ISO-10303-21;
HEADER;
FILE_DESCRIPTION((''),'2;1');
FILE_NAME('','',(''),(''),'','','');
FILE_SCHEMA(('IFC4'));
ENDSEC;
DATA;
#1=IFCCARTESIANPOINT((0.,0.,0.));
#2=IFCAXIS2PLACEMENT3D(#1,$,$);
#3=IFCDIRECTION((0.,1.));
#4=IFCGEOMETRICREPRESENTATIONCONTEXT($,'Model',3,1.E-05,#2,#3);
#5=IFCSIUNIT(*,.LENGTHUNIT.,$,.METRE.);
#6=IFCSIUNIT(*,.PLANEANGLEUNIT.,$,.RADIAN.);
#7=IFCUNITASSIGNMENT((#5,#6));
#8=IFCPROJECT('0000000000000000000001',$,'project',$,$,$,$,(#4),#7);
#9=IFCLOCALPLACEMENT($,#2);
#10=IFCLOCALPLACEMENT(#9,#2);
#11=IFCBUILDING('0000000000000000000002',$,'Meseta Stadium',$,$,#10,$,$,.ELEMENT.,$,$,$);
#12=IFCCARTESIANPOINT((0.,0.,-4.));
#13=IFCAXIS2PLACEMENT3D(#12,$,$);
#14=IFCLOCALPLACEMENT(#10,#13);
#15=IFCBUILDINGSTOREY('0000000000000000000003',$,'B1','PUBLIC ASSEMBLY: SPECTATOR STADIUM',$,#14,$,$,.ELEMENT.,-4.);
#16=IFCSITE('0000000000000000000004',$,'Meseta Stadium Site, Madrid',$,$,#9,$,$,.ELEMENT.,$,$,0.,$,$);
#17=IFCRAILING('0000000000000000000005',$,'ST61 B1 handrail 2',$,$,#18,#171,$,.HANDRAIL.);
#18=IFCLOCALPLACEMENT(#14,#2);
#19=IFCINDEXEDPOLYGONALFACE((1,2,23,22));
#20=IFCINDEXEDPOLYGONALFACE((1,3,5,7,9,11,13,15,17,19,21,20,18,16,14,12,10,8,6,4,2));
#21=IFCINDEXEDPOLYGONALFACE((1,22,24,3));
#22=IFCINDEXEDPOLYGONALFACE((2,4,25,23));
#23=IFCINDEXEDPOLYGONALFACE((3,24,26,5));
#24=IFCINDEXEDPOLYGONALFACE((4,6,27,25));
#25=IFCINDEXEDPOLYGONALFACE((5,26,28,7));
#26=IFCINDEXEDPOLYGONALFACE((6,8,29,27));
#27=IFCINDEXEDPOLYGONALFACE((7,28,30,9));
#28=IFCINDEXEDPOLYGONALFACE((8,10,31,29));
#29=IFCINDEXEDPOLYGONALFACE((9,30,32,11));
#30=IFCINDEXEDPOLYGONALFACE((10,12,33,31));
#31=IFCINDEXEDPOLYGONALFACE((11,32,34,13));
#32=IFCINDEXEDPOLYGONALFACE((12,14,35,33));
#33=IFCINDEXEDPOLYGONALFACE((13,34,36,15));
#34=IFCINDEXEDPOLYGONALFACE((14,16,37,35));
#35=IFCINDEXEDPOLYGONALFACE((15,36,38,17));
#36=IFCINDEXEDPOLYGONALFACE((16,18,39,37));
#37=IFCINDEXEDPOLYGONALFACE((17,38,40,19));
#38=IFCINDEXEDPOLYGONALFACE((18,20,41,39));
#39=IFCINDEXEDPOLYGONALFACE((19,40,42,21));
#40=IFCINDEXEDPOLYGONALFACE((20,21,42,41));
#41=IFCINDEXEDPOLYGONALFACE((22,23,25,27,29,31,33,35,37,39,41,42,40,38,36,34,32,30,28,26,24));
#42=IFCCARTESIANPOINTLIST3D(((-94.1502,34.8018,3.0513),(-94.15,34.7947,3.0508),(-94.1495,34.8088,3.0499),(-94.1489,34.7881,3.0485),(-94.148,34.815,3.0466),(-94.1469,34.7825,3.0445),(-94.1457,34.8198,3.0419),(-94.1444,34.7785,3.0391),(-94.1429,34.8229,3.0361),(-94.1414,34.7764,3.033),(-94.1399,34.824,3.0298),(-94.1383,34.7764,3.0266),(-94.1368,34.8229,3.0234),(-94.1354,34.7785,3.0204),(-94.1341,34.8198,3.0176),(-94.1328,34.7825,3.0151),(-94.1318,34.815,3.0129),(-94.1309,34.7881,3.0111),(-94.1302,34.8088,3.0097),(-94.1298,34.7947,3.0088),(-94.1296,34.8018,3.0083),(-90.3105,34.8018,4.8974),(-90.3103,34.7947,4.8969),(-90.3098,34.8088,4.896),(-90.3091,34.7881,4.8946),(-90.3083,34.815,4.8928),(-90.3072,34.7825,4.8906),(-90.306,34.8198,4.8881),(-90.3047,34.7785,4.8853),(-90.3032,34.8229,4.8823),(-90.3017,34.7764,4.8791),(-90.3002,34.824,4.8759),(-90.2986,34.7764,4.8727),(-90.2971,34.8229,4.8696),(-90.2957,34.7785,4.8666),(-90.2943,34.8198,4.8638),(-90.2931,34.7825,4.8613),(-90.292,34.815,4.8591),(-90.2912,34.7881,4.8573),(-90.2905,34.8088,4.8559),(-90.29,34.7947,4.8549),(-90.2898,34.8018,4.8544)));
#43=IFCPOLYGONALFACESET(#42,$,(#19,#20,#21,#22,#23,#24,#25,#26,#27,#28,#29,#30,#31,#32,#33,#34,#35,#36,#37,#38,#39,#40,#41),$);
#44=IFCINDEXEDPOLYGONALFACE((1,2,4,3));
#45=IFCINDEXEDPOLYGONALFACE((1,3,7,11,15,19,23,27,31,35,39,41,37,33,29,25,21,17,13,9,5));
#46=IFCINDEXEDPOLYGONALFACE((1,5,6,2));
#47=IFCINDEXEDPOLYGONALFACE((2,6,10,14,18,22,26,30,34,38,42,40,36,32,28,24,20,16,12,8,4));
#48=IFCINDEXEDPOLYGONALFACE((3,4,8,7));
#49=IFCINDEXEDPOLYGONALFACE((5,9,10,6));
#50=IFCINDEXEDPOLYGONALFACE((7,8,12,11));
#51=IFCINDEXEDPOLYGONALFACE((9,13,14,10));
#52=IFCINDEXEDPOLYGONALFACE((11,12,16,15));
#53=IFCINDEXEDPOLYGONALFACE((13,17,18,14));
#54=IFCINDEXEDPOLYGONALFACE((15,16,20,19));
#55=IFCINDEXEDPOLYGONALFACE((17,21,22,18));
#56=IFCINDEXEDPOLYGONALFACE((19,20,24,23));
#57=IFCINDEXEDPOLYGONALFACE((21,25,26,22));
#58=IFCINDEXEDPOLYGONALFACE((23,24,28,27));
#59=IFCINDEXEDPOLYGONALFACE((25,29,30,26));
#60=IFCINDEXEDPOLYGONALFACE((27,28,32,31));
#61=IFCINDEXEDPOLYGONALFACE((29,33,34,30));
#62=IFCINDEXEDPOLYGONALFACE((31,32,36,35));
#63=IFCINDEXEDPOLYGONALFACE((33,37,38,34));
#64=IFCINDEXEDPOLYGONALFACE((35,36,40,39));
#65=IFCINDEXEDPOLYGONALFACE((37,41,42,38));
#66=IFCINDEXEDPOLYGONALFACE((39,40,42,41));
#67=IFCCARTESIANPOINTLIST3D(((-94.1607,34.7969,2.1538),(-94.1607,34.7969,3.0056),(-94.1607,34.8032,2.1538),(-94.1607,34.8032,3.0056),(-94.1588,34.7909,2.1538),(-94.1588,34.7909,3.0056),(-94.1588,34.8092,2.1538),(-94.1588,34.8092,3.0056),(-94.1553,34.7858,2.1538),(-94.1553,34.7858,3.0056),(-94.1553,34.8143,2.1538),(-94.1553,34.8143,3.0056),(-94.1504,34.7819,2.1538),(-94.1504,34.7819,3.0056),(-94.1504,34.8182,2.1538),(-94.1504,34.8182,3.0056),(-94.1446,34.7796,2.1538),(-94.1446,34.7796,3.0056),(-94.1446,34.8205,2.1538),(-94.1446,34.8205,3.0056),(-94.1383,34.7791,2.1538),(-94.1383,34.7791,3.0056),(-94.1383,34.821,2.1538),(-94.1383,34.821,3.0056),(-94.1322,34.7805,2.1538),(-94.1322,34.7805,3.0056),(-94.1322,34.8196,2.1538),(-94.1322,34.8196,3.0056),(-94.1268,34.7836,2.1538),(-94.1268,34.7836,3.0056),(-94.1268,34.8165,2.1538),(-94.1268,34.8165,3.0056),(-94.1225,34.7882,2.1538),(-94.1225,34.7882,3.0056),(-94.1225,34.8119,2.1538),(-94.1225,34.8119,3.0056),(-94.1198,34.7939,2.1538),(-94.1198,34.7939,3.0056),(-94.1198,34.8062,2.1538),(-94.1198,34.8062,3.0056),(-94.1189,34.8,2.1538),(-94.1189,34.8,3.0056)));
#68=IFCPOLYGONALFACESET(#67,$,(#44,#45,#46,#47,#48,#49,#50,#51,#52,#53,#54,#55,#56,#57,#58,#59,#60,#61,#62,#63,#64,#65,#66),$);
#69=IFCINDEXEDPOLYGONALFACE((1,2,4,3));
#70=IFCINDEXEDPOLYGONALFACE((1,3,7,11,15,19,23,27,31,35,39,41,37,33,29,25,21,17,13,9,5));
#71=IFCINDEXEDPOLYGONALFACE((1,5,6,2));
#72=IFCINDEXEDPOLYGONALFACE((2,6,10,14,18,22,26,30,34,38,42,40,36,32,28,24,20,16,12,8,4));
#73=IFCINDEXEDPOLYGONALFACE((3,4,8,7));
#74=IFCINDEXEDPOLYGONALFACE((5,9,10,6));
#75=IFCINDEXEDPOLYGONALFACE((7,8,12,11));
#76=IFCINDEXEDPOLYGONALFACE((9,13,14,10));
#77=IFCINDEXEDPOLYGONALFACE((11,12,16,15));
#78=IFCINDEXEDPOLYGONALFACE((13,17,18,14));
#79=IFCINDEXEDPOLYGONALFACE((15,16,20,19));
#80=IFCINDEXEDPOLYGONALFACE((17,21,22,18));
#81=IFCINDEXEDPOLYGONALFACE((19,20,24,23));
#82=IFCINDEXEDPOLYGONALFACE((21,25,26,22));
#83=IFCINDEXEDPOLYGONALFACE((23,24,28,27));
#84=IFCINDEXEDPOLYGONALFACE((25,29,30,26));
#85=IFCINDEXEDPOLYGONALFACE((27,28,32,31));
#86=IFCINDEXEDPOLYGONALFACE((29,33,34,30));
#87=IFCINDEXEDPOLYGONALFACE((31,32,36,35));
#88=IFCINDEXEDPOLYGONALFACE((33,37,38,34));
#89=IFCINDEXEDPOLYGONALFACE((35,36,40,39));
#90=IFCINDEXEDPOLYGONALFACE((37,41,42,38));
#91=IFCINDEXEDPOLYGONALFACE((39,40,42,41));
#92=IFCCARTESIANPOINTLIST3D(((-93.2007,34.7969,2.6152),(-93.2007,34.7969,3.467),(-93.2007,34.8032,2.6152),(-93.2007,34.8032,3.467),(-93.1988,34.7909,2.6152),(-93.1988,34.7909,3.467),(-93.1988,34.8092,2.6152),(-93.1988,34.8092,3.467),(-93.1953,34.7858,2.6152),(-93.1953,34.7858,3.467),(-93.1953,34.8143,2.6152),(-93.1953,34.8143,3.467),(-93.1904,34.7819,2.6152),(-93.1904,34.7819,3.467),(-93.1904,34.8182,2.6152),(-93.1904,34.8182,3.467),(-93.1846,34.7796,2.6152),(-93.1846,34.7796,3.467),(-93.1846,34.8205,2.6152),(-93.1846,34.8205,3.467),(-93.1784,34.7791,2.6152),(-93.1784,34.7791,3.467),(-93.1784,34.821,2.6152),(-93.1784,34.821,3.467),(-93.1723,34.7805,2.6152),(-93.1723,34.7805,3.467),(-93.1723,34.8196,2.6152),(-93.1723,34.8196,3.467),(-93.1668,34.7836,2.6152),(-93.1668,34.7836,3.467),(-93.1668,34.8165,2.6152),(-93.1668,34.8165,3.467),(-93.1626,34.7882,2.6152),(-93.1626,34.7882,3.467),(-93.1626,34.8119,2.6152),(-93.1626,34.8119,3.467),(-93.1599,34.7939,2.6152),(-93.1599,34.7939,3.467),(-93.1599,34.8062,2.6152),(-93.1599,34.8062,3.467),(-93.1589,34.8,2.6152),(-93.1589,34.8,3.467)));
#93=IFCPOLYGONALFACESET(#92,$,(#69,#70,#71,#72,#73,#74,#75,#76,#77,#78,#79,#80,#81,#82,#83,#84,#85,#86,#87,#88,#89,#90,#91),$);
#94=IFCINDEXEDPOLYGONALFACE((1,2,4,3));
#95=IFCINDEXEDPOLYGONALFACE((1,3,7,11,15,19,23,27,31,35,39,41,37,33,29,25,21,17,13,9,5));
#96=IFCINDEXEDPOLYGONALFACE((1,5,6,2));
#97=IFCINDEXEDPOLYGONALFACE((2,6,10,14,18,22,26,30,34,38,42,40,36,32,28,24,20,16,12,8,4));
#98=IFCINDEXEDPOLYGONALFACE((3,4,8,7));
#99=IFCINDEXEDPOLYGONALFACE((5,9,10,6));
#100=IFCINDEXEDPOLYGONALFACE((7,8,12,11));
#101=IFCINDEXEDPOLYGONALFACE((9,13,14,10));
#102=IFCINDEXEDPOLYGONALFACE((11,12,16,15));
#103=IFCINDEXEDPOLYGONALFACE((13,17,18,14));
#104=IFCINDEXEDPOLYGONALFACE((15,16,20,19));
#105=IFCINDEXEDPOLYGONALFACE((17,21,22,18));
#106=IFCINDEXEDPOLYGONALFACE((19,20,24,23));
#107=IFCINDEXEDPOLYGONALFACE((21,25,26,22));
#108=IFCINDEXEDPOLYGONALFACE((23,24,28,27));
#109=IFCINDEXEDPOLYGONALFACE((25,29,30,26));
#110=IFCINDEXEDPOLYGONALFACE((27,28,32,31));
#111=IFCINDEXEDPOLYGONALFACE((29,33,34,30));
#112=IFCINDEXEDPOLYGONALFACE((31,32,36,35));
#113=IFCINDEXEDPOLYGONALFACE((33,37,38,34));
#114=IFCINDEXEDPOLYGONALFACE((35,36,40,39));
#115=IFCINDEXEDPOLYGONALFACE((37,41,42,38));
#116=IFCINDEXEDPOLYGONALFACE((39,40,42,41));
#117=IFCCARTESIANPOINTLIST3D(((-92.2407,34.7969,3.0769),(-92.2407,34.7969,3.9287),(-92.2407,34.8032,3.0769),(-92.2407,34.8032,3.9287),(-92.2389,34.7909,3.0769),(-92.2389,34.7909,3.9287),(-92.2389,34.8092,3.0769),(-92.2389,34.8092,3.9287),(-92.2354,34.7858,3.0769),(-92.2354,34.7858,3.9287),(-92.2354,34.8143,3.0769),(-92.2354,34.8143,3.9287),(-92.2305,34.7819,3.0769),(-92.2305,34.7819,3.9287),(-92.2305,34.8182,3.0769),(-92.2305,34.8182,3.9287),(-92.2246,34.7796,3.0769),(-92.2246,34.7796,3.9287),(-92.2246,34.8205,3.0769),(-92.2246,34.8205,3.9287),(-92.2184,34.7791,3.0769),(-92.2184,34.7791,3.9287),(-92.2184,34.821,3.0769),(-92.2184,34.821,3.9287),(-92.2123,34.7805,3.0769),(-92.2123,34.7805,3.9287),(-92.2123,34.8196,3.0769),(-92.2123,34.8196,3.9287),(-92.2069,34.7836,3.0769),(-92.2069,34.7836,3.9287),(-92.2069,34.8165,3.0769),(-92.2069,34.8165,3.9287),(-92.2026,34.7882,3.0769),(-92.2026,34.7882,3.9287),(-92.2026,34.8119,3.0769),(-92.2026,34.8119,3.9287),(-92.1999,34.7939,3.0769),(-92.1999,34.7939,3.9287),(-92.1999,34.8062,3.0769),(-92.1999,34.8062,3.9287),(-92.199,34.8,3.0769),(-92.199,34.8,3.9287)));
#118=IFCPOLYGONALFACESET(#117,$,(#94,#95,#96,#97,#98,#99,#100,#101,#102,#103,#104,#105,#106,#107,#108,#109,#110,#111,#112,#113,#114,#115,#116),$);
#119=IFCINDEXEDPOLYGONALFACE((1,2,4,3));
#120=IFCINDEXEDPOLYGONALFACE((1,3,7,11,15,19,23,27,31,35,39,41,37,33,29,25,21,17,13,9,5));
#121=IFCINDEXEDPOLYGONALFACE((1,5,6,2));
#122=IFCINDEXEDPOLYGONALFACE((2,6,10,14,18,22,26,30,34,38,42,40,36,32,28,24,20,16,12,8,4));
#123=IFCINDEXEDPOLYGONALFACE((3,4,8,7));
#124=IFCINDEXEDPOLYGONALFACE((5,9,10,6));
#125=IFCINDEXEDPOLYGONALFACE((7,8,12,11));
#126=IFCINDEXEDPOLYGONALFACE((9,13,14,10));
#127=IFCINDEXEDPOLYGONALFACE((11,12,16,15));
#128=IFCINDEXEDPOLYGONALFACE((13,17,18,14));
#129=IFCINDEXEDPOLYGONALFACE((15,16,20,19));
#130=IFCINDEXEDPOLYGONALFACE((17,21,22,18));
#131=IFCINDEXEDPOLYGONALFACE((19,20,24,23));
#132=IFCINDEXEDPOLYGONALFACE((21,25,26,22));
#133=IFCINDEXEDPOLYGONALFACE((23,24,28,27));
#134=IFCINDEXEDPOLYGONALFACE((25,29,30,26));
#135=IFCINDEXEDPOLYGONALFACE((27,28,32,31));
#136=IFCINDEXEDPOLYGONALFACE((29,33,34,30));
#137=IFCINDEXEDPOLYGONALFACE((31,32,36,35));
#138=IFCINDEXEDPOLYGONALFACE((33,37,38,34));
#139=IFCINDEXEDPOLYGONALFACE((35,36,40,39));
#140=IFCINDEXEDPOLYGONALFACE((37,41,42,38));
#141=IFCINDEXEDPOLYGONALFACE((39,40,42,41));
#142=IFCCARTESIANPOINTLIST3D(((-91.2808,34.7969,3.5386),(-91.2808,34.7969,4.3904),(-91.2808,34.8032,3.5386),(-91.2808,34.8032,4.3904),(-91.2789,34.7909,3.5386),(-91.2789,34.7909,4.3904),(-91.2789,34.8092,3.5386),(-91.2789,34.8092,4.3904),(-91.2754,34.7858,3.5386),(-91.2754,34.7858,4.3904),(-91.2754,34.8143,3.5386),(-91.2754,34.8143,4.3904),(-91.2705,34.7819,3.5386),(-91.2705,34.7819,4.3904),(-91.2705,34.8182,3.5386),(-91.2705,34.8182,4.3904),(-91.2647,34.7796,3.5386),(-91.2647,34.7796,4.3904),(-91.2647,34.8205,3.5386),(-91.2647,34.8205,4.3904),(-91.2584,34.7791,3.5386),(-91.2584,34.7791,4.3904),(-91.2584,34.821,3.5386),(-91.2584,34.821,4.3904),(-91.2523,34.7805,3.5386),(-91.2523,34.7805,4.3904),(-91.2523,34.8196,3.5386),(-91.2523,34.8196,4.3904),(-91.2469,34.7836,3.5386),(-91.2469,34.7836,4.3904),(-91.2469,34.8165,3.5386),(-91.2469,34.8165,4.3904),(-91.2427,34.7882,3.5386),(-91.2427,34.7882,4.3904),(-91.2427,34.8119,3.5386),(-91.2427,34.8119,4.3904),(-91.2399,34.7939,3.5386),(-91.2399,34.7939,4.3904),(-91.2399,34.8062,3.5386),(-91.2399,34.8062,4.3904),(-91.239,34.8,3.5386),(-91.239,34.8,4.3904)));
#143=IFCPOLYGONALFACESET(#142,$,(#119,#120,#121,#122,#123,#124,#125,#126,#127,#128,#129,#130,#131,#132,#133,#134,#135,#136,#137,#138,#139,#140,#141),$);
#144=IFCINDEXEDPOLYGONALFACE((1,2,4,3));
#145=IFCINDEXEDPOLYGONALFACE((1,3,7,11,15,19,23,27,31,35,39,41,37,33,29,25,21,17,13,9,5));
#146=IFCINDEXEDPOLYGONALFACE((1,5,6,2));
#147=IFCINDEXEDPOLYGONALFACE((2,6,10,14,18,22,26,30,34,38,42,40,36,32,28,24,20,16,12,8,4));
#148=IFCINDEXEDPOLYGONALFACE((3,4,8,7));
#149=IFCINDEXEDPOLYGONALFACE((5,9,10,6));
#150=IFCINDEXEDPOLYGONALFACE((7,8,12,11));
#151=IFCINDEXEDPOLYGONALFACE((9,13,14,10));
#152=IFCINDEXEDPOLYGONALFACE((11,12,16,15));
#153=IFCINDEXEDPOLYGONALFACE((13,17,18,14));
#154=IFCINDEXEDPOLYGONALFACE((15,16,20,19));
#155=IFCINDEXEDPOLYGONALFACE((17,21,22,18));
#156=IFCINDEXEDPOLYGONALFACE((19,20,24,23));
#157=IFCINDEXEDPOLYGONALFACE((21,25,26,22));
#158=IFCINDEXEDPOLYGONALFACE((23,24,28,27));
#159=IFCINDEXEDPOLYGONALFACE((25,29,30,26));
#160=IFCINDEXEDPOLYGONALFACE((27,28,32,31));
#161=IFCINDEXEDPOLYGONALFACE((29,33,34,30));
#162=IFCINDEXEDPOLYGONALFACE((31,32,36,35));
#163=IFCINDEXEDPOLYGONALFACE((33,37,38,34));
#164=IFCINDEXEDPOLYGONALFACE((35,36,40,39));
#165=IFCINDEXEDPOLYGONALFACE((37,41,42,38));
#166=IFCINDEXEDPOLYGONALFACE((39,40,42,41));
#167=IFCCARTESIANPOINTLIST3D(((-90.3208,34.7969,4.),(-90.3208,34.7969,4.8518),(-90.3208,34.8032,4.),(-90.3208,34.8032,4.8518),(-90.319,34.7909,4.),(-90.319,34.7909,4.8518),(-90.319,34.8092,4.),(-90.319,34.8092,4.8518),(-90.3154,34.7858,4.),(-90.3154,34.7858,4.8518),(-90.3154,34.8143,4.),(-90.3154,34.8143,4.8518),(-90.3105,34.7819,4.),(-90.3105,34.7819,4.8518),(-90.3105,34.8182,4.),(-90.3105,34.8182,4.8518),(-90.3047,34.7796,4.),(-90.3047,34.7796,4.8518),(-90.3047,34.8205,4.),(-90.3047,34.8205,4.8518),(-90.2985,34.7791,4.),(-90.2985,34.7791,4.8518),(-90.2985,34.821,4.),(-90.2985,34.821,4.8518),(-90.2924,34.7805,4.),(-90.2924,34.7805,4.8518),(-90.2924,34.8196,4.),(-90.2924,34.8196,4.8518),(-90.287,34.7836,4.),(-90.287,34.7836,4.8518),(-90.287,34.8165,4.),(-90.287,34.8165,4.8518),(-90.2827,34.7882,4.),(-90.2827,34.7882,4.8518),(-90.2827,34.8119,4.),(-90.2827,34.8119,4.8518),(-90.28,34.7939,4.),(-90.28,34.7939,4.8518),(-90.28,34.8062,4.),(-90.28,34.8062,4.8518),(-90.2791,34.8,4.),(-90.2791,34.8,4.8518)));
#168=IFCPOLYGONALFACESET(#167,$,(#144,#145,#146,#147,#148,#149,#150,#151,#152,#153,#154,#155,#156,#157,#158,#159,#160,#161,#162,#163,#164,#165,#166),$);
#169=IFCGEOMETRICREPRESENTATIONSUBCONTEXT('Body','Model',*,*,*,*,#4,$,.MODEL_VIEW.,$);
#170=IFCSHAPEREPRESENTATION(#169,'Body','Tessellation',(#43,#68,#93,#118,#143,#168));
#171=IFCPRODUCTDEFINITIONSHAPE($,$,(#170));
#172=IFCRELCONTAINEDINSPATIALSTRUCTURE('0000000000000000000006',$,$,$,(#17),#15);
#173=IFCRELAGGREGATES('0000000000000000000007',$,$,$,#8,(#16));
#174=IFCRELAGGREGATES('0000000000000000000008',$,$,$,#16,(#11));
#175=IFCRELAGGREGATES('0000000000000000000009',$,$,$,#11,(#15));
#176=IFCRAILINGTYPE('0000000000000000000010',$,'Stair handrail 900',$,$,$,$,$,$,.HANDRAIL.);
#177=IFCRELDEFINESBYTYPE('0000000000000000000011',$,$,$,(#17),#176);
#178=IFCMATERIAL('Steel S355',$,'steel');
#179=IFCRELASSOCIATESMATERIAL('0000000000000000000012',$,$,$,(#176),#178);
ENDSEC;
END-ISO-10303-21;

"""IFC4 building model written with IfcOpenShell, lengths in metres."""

from ifc_helpers import new_model, si_unit, direction, frame, origin, origin_2d, place, context, subcontext, project, spatial, circle, extrude, material, type_object, element, save


model = new_model("IFC4")

# Units and contexts
model_context = context("Model", 3, precision=1e-05, world=origin(), true_north=direction((0.0, 1.0)))
body_context = subcontext(model_context, "Body", "Model", "MODEL_VIEW")
ifc_project = project(units=[si_unit("LENGTHUNIT", "METRE"), si_unit("PLANEANGLEUNIT", "RADIAN")], contexts=[model_context])

# Site, building, storey
site_placement = place(None, origin())
site = spatial("IfcSite", under=ifc_project, at=site_placement, Name="Meseta Stadium Site, Madrid", CompositionType="ELEMENT", RefElevation=0.0)
building_placement = place(site_placement, origin())
building = spatial("IfcBuilding", under=site, at=building_placement, Name="Meseta Stadium", CompositionType="ELEMENT")
storey_placement = place(building_placement, frame((0.0, 0.0, -4.0)))
storey = spatial("IfcBuildingStorey", under=building, at=storey_placement, Name="B1", Description="PUBLIC ASSEMBLY: SPECTATOR STADIUM", CompositionType="ELEMENT", Elevation=-4.0)

# Railing
ifc_material_1 = material(Name="Steel S355", Category="steel")
railing_type_1 = type_object("IfcRailingType", Name="Stair handrail 900", PredefinedType="HANDRAIL", material=ifc_material_1)
for number, where, name in (
    (1, (-94.1399, 34.8, 2.1538), "ST61 B1 handrail 2"),
):
    element("IfcRailing", number, at=place(storey_placement, frame(where)), inside=storey, type_object=railing_type_1, Name=name, PredefinedType="HANDRAIL", context=body_context, shape_type="SweptSolid", body=[
        extrude(circle(Radius=0.0239, at=origin_2d()), frame((0.0, 0.0, 0.876), z_axis=(0.901242, 0.0, 0.433316), x_axis=(0.0, 1.0, 0.0)), (0.0, 0.0, 1.0), 4.2605),
        extrude(circle(Radius=0.021, at=origin_2d()), origin(), (0.0, 0.0, 1.0), 0.8518),
        extrude(circle(Radius=0.021, at=origin_2d()), frame((0.96, 0.0, 0.4614)), (0.0, 0.0, 1.0), 0.8518),
        extrude(circle(Radius=0.021, at=origin_2d()), frame((1.9199, 0.0, 0.9231)), (0.0, 0.0, 1.0), 0.8518),
        extrude(circle(Radius=0.021, at=origin_2d()), frame((2.8799, 0.0, 1.3848)), (0.0, 0.0, 1.0), 0.8518),
        extrude(circle(Radius=0.021, at=origin_2d()), frame((3.8398, 0.0, 1.8462)), (0.0, 0.0, 1.0), 0.8518),
    ])

save(model, "model.ifc")
